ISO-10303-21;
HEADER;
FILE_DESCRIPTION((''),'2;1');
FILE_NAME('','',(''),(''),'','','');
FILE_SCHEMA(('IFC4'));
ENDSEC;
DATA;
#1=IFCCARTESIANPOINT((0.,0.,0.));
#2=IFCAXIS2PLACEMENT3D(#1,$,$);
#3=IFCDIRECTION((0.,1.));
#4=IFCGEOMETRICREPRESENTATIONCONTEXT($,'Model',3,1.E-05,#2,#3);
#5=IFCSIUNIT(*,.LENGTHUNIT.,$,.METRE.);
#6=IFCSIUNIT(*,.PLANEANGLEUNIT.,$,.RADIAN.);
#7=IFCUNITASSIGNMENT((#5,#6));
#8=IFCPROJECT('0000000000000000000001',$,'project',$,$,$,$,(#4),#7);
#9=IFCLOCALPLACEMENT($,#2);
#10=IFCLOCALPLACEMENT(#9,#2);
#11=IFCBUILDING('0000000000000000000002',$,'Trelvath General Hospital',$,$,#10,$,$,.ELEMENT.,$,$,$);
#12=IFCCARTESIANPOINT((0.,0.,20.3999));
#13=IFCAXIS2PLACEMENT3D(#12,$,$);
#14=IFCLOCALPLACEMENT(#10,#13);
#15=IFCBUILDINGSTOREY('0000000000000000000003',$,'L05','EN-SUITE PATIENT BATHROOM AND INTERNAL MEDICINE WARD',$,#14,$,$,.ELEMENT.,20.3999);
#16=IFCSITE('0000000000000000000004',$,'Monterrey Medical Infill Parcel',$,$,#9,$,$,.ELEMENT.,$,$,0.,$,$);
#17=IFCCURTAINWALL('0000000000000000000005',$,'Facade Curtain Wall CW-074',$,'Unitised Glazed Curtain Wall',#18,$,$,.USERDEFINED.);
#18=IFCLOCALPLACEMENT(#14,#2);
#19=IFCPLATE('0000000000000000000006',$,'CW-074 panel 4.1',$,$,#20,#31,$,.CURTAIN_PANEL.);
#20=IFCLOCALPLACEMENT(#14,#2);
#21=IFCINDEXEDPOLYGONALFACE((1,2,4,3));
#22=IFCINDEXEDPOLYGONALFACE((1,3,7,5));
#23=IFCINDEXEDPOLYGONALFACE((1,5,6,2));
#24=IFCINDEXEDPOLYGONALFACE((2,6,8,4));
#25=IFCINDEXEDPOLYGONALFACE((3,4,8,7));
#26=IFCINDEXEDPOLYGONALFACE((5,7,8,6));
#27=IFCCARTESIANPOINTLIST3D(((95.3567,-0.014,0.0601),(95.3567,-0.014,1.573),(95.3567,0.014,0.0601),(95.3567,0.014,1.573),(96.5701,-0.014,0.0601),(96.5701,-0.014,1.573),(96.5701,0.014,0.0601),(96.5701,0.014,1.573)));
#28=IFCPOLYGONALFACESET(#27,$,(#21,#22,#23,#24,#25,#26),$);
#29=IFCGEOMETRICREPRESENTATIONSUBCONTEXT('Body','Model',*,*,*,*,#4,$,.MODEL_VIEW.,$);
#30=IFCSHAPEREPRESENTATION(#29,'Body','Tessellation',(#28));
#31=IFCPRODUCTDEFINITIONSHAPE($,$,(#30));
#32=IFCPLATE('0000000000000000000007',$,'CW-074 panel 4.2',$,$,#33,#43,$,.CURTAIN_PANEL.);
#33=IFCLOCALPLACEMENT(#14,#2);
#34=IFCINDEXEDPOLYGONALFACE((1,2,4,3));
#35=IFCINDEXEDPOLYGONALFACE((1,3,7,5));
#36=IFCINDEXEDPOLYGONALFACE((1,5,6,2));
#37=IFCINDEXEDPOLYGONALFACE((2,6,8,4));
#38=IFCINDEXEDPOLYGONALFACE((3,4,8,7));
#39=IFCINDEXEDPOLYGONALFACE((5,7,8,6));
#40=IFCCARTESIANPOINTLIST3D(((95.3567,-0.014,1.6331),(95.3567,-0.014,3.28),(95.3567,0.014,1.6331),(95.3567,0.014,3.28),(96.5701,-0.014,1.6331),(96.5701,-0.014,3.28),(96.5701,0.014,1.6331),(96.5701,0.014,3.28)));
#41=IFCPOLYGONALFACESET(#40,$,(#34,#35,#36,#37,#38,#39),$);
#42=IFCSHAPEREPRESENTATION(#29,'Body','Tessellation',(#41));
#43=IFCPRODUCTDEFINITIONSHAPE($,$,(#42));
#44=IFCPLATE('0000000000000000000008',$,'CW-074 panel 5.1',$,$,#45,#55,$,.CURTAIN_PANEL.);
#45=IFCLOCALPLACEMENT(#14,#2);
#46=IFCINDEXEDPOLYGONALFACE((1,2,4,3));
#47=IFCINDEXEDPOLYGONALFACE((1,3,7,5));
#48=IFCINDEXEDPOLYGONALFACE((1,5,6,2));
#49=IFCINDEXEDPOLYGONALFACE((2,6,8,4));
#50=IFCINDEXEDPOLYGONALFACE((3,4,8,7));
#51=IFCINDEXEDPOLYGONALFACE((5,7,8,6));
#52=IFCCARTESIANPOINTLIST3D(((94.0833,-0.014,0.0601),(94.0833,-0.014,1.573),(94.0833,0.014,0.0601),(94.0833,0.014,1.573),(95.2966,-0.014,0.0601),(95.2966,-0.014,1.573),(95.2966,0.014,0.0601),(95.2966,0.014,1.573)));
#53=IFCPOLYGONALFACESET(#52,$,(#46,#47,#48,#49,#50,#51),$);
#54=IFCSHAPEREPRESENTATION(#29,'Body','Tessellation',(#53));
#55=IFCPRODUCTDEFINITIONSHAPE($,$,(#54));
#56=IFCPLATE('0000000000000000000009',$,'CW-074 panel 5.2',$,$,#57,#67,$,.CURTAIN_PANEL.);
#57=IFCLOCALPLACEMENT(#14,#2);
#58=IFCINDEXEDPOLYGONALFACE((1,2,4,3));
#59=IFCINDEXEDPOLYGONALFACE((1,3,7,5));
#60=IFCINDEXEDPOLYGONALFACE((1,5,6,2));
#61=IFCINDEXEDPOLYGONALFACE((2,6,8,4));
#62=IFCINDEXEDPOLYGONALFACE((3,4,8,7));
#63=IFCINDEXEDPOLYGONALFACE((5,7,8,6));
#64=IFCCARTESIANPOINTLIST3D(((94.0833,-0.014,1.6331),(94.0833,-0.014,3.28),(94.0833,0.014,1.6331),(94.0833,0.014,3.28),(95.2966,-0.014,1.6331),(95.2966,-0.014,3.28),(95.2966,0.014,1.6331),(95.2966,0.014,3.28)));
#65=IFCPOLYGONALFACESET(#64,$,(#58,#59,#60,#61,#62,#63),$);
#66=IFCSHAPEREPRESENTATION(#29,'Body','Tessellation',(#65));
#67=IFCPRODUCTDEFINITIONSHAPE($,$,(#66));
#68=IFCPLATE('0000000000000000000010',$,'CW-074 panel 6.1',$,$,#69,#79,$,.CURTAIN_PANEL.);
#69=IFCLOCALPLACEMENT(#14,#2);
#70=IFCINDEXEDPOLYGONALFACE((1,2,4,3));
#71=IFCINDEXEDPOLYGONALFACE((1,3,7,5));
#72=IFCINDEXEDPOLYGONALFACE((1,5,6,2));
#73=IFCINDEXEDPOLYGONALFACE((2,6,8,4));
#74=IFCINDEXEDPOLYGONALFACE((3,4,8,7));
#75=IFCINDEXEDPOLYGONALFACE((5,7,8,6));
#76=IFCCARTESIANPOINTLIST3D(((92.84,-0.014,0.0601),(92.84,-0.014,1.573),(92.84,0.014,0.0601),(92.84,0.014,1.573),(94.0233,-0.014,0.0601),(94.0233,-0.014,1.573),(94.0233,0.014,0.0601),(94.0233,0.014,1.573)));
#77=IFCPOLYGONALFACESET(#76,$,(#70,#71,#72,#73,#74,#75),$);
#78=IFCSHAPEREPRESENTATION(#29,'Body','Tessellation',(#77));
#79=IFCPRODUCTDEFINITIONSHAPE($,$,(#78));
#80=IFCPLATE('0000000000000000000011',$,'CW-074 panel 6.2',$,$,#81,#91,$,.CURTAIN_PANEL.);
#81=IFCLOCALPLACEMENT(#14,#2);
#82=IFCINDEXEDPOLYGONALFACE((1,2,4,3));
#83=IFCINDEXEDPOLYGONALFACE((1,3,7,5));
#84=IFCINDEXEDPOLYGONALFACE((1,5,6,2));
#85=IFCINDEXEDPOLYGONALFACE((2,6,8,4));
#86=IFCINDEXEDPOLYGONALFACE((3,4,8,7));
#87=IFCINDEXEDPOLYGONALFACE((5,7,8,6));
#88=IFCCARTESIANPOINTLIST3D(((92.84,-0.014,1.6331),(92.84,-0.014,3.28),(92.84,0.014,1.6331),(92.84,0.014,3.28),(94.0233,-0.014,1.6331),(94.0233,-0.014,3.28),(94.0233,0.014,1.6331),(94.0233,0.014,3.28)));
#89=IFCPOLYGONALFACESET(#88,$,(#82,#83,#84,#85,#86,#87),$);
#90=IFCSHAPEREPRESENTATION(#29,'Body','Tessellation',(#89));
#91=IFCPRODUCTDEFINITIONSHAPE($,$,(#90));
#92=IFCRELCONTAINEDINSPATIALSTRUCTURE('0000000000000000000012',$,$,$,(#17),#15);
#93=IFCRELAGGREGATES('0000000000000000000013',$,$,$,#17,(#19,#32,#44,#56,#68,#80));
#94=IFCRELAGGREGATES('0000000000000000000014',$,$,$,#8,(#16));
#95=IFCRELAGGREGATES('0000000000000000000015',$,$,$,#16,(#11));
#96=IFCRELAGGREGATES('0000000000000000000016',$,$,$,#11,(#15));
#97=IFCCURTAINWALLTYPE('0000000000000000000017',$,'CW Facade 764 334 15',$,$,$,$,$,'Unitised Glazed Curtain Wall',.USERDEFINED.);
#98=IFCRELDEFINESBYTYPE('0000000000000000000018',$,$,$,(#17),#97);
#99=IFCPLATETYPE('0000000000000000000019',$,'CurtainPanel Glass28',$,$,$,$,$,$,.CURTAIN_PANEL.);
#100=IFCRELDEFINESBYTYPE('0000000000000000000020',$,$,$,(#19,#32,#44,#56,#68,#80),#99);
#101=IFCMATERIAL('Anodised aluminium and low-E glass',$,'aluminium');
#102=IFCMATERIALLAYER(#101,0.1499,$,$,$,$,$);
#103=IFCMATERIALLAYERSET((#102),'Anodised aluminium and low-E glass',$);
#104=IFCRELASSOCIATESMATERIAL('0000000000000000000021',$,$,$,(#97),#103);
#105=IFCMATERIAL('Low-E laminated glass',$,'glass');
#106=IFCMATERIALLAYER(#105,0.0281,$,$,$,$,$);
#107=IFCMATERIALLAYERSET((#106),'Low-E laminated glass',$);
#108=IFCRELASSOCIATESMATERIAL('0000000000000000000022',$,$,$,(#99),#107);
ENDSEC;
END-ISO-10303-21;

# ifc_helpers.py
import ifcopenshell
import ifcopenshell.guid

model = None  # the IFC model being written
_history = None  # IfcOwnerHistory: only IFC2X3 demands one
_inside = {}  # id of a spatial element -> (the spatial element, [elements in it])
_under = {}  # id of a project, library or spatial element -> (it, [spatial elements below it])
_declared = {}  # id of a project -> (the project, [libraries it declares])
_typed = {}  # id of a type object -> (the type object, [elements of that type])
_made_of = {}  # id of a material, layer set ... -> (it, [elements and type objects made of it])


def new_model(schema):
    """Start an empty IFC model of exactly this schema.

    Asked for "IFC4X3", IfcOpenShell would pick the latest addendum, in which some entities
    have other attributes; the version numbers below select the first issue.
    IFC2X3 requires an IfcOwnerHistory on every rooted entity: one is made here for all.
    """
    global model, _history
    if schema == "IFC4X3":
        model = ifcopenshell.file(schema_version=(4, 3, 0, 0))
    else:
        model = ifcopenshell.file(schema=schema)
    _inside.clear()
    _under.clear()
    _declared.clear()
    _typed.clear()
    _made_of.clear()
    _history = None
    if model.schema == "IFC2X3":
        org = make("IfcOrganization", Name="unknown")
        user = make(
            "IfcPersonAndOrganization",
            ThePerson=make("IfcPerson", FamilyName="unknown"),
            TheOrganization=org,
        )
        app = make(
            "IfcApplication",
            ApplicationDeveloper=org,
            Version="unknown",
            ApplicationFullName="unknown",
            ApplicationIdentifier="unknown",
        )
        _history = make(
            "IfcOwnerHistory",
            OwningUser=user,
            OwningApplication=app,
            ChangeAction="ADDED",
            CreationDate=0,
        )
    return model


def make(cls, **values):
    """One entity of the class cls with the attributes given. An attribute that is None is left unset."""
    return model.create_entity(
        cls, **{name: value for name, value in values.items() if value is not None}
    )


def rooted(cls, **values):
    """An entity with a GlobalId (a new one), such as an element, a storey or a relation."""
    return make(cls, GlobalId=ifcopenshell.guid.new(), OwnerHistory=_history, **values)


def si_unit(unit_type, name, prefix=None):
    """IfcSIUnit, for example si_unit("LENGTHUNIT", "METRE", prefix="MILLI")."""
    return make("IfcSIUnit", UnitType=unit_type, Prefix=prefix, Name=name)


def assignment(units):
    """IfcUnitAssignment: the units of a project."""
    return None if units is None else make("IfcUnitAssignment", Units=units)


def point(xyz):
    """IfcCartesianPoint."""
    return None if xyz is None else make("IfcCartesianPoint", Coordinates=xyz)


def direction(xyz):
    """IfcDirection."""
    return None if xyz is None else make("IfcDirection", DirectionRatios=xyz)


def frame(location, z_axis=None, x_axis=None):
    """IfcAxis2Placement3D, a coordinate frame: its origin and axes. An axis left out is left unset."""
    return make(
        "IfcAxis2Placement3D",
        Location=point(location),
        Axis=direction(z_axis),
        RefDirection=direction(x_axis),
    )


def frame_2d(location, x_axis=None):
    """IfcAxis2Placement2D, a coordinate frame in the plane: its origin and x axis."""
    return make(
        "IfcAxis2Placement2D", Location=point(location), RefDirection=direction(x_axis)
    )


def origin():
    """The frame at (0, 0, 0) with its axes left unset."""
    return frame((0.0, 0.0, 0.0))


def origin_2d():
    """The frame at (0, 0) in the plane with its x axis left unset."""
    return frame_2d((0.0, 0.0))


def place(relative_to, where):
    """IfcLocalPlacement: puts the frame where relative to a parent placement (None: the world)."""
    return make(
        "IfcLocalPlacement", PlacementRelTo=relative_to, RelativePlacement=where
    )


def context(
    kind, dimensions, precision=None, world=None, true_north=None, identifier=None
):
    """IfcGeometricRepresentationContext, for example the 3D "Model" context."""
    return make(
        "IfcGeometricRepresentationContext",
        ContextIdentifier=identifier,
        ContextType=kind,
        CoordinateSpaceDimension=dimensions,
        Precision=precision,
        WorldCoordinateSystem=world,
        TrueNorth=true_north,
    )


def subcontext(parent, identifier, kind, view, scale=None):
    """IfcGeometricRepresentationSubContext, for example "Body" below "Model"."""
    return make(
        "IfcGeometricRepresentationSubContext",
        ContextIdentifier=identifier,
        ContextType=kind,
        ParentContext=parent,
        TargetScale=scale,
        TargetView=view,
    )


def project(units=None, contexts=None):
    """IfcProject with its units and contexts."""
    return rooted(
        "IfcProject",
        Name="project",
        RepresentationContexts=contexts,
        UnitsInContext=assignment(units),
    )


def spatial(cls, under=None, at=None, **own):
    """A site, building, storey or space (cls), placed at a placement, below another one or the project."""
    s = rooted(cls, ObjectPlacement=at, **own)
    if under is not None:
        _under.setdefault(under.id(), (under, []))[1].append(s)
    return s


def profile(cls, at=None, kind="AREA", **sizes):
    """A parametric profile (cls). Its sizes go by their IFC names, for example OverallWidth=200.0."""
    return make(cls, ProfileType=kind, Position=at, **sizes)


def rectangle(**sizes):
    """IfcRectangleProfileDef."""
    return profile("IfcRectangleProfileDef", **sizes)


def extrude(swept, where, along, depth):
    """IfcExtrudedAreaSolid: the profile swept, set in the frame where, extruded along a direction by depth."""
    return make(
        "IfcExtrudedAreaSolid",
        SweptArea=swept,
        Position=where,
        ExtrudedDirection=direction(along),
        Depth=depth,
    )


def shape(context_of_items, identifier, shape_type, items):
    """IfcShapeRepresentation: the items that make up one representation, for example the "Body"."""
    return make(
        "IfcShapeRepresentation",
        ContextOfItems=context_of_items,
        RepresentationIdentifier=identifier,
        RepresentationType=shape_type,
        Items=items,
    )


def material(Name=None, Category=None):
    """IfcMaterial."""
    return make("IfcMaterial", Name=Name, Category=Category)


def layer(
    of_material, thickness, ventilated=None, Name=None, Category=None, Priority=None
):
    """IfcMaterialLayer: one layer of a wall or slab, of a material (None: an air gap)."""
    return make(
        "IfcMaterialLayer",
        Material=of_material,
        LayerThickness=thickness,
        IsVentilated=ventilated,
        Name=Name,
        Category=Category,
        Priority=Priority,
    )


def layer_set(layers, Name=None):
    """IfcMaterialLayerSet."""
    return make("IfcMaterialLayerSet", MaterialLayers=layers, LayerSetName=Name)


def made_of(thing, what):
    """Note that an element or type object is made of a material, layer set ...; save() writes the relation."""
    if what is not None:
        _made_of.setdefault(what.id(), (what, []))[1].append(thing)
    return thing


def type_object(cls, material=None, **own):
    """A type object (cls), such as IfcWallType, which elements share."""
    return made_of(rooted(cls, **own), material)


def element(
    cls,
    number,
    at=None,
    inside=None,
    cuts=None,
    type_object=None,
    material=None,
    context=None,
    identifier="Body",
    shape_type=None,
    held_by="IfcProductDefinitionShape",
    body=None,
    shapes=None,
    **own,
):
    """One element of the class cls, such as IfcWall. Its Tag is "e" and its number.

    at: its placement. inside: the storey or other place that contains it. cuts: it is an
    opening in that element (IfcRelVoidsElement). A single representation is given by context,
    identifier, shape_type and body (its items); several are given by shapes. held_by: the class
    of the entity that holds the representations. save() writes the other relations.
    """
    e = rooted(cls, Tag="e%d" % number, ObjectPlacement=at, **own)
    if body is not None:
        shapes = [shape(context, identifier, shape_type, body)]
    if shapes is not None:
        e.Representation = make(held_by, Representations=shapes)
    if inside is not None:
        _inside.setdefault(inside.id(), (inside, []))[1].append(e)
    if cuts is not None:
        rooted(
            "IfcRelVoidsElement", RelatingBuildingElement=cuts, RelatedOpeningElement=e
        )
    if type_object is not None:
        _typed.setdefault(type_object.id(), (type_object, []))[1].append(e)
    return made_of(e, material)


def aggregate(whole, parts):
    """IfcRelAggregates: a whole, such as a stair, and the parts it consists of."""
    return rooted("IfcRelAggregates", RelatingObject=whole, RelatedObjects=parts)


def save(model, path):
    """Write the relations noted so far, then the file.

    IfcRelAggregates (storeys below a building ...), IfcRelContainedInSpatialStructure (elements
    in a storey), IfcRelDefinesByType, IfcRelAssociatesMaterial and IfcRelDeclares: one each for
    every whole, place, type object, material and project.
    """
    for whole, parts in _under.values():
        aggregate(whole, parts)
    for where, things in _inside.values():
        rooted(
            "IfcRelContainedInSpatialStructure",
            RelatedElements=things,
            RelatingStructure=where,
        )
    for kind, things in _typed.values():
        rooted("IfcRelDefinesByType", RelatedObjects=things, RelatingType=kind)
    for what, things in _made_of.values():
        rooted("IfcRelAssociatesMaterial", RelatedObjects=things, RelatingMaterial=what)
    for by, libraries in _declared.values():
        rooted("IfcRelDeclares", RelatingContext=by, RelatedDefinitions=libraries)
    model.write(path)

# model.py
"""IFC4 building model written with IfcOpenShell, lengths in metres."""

from ifc_helpers import new_model, si_unit, direction, frame, origin, origin_2d, place, context, subcontext, project, spatial, rectangle, extrude, material, layer, layer_set, type_object, element, aggregate, save


model = new_model("IFC4")

# Units and contexts
model_context = context("Model", 3, precision=1e-05, world=origin(), true_north=direction((0.0, 1.0)))
body_context = subcontext(model_context, "Body", "Model", "MODEL_VIEW")
ifc_project = project(units=[si_unit("LENGTHUNIT", "METRE"), si_unit("PLANEANGLEUNIT", "RADIAN")], contexts=[model_context])

# Site, building, storey
site_placement = place(None, origin())
site = spatial("IfcSite", under=ifc_project, at=site_placement, Name="Monterrey Medical Infill Parcel", CompositionType="ELEMENT", RefElevation=0.0)
building_placement = place(site_placement, origin())
building = spatial("IfcBuilding", under=site, at=building_placement, Name="Trelvath General Hospital", CompositionType="ELEMENT")
storey_placement = place(building_placement, frame((0.0, 0.0, 20.3999)))
storey = spatial("IfcBuildingStorey", under=building, at=storey_placement, Name="L05", Description="EN-SUITE PATIENT BATHROOM AND INTERNAL MEDICINE WARD", CompositionType="ELEMENT", Elevation=20.3999)

# Curtain wall, plates
ifc_material_1 = material(Name="Anodised aluminium and low-E glass", Category="aluminium")
ifc_layer_1 = layer(ifc_material_1, 0.1499)
ifc_layer_set_1 = layer_set([ifc_layer_1], Name="Anodised aluminium and low-E glass")
curtain_wall_type = type_object("IfcCurtainWallType", Name="CW Facade 764 334 15", ElementType="Unitised Glazed Curtain Wall", PredefinedType="USERDEFINED", material=ifc_layer_set_1)
curtain_wall_placement = place(storey_placement, origin())
curtain_wall = element("IfcCurtainWall", 1, at=curtain_wall_placement, inside=storey, type_object=curtain_wall_type, Name="Facade Curtain Wall CW-074", ObjectType="Unitised Glazed Curtain Wall", PredefinedType="USERDEFINED")
ifc_material_2 = material(Name="Low-E laminated glass", Category="glass")
ifc_layer_2 = layer(ifc_material_2, 0.0281)
ifc_layer_set_2 = layer_set([ifc_layer_2], Name="Low-E laminated glass")
plate_type = type_object("IfcPlateType", Name="CurtainPanel Glass28", PredefinedType="CURTAIN_PANEL", material=ifc_layer_set_2)
plate_1_placement = place(storey_placement, frame((95.9634, 0.0, 0.0601), z_axis=(0.0, 0.0, 1.0), x_axis=(-1.0, 0.0, 0.0)))
plate_1 = element("IfcPlate", 2, at=plate_1_placement, type_object=plate_type, Name="CW-074 panel 4.1", PredefinedType="CURTAIN_PANEL", context=body_context, shape_type="SweptSolid", body=[
    extrude(rectangle(XDim=1.2134, YDim=0.0281, at=origin_2d()), origin(), (0.0, 0.0, 1.0), 1.5129),
])
plate_2_placement = place(storey_placement, frame((95.9634, 0.0, 1.6331), z_axis=(0.0, 0.0, 1.0), x_axis=(-1.0, 0.0, 0.0)))
plate_2 = element("IfcPlate", 3, at=plate_2_placement, type_object=plate_type, Name="CW-074 panel 4.2", PredefinedType="CURTAIN_PANEL", context=body_context, shape_type="SweptSolid", body=[
    extrude(rectangle(XDim=1.2134, YDim=0.0281, at=origin_2d()), origin(), (0.0, 0.0, 1.0), 1.647),
])
plate_3_placement = place(storey_placement, frame((94.6899, 0.0, 0.0601), z_axis=(0.0, 0.0, 1.0), x_axis=(-1.0, 0.0, 0.0)))
plate_3 = element("IfcPlate", 4, at=plate_3_placement, type_object=plate_type, Name="CW-074 panel 5.1", PredefinedType="CURTAIN_PANEL", context=body_context, shape_type="SweptSolid", body=[
    extrude(rectangle(XDim=1.2134, YDim=0.0281, at=origin_2d()), origin(), (0.0, 0.0, 1.0), 1.5129),
])
plate_4_placement = place(storey_placement, frame((94.6899, 0.0, 1.6331), z_axis=(0.0, 0.0, 1.0), x_axis=(-1.0, 0.0, 0.0)))
plate_4 = element("IfcPlate", 5, at=plate_4_placement, type_object=plate_type, Name="CW-074 panel 5.2", PredefinedType="CURTAIN_PANEL", context=body_context, shape_type="SweptSolid", body=[
    extrude(rectangle(XDim=1.2134, YDim=0.0281, at=origin_2d()), origin(), (0.0, 0.0, 1.0), 1.647),
])
plate_5_placement = place(storey_placement, frame((93.4316, 0.0, 0.0601), z_axis=(0.0, 0.0, 1.0), x_axis=(-1.0, 0.0, 0.0)))
plate_5 = element("IfcPlate", 6, at=plate_5_placement, type_object=plate_type, Name="CW-074 panel 6.1", PredefinedType="CURTAIN_PANEL", context=body_context, shape_type="SweptSolid", body=[
    extrude(rectangle(XDim=1.1833, YDim=0.0281, at=origin_2d()), origin(), (0.0, 0.0, 1.0), 1.5129),
])
plate_6_placement = place(storey_placement, frame((93.4316, 0.0, 1.6331), z_axis=(0.0, 0.0, 1.0), x_axis=(-1.0, 0.0, 0.0)))
plate_6 = element("IfcPlate", 7, at=plate_6_placement, type_object=plate_type, Name="CW-074 panel 6.2", PredefinedType="CURTAIN_PANEL", context=body_context, shape_type="SweptSolid", body=[
    extrude(rectangle(XDim=1.1833, YDim=0.0281, at=origin_2d()), origin(), (0.0, 0.0, 1.0), 1.647),
])
aggregate(curtain_wall, [plate_1, plate_2, plate_3, plate_4, plate_5, plate_6])

save(model, "model.ifc")
